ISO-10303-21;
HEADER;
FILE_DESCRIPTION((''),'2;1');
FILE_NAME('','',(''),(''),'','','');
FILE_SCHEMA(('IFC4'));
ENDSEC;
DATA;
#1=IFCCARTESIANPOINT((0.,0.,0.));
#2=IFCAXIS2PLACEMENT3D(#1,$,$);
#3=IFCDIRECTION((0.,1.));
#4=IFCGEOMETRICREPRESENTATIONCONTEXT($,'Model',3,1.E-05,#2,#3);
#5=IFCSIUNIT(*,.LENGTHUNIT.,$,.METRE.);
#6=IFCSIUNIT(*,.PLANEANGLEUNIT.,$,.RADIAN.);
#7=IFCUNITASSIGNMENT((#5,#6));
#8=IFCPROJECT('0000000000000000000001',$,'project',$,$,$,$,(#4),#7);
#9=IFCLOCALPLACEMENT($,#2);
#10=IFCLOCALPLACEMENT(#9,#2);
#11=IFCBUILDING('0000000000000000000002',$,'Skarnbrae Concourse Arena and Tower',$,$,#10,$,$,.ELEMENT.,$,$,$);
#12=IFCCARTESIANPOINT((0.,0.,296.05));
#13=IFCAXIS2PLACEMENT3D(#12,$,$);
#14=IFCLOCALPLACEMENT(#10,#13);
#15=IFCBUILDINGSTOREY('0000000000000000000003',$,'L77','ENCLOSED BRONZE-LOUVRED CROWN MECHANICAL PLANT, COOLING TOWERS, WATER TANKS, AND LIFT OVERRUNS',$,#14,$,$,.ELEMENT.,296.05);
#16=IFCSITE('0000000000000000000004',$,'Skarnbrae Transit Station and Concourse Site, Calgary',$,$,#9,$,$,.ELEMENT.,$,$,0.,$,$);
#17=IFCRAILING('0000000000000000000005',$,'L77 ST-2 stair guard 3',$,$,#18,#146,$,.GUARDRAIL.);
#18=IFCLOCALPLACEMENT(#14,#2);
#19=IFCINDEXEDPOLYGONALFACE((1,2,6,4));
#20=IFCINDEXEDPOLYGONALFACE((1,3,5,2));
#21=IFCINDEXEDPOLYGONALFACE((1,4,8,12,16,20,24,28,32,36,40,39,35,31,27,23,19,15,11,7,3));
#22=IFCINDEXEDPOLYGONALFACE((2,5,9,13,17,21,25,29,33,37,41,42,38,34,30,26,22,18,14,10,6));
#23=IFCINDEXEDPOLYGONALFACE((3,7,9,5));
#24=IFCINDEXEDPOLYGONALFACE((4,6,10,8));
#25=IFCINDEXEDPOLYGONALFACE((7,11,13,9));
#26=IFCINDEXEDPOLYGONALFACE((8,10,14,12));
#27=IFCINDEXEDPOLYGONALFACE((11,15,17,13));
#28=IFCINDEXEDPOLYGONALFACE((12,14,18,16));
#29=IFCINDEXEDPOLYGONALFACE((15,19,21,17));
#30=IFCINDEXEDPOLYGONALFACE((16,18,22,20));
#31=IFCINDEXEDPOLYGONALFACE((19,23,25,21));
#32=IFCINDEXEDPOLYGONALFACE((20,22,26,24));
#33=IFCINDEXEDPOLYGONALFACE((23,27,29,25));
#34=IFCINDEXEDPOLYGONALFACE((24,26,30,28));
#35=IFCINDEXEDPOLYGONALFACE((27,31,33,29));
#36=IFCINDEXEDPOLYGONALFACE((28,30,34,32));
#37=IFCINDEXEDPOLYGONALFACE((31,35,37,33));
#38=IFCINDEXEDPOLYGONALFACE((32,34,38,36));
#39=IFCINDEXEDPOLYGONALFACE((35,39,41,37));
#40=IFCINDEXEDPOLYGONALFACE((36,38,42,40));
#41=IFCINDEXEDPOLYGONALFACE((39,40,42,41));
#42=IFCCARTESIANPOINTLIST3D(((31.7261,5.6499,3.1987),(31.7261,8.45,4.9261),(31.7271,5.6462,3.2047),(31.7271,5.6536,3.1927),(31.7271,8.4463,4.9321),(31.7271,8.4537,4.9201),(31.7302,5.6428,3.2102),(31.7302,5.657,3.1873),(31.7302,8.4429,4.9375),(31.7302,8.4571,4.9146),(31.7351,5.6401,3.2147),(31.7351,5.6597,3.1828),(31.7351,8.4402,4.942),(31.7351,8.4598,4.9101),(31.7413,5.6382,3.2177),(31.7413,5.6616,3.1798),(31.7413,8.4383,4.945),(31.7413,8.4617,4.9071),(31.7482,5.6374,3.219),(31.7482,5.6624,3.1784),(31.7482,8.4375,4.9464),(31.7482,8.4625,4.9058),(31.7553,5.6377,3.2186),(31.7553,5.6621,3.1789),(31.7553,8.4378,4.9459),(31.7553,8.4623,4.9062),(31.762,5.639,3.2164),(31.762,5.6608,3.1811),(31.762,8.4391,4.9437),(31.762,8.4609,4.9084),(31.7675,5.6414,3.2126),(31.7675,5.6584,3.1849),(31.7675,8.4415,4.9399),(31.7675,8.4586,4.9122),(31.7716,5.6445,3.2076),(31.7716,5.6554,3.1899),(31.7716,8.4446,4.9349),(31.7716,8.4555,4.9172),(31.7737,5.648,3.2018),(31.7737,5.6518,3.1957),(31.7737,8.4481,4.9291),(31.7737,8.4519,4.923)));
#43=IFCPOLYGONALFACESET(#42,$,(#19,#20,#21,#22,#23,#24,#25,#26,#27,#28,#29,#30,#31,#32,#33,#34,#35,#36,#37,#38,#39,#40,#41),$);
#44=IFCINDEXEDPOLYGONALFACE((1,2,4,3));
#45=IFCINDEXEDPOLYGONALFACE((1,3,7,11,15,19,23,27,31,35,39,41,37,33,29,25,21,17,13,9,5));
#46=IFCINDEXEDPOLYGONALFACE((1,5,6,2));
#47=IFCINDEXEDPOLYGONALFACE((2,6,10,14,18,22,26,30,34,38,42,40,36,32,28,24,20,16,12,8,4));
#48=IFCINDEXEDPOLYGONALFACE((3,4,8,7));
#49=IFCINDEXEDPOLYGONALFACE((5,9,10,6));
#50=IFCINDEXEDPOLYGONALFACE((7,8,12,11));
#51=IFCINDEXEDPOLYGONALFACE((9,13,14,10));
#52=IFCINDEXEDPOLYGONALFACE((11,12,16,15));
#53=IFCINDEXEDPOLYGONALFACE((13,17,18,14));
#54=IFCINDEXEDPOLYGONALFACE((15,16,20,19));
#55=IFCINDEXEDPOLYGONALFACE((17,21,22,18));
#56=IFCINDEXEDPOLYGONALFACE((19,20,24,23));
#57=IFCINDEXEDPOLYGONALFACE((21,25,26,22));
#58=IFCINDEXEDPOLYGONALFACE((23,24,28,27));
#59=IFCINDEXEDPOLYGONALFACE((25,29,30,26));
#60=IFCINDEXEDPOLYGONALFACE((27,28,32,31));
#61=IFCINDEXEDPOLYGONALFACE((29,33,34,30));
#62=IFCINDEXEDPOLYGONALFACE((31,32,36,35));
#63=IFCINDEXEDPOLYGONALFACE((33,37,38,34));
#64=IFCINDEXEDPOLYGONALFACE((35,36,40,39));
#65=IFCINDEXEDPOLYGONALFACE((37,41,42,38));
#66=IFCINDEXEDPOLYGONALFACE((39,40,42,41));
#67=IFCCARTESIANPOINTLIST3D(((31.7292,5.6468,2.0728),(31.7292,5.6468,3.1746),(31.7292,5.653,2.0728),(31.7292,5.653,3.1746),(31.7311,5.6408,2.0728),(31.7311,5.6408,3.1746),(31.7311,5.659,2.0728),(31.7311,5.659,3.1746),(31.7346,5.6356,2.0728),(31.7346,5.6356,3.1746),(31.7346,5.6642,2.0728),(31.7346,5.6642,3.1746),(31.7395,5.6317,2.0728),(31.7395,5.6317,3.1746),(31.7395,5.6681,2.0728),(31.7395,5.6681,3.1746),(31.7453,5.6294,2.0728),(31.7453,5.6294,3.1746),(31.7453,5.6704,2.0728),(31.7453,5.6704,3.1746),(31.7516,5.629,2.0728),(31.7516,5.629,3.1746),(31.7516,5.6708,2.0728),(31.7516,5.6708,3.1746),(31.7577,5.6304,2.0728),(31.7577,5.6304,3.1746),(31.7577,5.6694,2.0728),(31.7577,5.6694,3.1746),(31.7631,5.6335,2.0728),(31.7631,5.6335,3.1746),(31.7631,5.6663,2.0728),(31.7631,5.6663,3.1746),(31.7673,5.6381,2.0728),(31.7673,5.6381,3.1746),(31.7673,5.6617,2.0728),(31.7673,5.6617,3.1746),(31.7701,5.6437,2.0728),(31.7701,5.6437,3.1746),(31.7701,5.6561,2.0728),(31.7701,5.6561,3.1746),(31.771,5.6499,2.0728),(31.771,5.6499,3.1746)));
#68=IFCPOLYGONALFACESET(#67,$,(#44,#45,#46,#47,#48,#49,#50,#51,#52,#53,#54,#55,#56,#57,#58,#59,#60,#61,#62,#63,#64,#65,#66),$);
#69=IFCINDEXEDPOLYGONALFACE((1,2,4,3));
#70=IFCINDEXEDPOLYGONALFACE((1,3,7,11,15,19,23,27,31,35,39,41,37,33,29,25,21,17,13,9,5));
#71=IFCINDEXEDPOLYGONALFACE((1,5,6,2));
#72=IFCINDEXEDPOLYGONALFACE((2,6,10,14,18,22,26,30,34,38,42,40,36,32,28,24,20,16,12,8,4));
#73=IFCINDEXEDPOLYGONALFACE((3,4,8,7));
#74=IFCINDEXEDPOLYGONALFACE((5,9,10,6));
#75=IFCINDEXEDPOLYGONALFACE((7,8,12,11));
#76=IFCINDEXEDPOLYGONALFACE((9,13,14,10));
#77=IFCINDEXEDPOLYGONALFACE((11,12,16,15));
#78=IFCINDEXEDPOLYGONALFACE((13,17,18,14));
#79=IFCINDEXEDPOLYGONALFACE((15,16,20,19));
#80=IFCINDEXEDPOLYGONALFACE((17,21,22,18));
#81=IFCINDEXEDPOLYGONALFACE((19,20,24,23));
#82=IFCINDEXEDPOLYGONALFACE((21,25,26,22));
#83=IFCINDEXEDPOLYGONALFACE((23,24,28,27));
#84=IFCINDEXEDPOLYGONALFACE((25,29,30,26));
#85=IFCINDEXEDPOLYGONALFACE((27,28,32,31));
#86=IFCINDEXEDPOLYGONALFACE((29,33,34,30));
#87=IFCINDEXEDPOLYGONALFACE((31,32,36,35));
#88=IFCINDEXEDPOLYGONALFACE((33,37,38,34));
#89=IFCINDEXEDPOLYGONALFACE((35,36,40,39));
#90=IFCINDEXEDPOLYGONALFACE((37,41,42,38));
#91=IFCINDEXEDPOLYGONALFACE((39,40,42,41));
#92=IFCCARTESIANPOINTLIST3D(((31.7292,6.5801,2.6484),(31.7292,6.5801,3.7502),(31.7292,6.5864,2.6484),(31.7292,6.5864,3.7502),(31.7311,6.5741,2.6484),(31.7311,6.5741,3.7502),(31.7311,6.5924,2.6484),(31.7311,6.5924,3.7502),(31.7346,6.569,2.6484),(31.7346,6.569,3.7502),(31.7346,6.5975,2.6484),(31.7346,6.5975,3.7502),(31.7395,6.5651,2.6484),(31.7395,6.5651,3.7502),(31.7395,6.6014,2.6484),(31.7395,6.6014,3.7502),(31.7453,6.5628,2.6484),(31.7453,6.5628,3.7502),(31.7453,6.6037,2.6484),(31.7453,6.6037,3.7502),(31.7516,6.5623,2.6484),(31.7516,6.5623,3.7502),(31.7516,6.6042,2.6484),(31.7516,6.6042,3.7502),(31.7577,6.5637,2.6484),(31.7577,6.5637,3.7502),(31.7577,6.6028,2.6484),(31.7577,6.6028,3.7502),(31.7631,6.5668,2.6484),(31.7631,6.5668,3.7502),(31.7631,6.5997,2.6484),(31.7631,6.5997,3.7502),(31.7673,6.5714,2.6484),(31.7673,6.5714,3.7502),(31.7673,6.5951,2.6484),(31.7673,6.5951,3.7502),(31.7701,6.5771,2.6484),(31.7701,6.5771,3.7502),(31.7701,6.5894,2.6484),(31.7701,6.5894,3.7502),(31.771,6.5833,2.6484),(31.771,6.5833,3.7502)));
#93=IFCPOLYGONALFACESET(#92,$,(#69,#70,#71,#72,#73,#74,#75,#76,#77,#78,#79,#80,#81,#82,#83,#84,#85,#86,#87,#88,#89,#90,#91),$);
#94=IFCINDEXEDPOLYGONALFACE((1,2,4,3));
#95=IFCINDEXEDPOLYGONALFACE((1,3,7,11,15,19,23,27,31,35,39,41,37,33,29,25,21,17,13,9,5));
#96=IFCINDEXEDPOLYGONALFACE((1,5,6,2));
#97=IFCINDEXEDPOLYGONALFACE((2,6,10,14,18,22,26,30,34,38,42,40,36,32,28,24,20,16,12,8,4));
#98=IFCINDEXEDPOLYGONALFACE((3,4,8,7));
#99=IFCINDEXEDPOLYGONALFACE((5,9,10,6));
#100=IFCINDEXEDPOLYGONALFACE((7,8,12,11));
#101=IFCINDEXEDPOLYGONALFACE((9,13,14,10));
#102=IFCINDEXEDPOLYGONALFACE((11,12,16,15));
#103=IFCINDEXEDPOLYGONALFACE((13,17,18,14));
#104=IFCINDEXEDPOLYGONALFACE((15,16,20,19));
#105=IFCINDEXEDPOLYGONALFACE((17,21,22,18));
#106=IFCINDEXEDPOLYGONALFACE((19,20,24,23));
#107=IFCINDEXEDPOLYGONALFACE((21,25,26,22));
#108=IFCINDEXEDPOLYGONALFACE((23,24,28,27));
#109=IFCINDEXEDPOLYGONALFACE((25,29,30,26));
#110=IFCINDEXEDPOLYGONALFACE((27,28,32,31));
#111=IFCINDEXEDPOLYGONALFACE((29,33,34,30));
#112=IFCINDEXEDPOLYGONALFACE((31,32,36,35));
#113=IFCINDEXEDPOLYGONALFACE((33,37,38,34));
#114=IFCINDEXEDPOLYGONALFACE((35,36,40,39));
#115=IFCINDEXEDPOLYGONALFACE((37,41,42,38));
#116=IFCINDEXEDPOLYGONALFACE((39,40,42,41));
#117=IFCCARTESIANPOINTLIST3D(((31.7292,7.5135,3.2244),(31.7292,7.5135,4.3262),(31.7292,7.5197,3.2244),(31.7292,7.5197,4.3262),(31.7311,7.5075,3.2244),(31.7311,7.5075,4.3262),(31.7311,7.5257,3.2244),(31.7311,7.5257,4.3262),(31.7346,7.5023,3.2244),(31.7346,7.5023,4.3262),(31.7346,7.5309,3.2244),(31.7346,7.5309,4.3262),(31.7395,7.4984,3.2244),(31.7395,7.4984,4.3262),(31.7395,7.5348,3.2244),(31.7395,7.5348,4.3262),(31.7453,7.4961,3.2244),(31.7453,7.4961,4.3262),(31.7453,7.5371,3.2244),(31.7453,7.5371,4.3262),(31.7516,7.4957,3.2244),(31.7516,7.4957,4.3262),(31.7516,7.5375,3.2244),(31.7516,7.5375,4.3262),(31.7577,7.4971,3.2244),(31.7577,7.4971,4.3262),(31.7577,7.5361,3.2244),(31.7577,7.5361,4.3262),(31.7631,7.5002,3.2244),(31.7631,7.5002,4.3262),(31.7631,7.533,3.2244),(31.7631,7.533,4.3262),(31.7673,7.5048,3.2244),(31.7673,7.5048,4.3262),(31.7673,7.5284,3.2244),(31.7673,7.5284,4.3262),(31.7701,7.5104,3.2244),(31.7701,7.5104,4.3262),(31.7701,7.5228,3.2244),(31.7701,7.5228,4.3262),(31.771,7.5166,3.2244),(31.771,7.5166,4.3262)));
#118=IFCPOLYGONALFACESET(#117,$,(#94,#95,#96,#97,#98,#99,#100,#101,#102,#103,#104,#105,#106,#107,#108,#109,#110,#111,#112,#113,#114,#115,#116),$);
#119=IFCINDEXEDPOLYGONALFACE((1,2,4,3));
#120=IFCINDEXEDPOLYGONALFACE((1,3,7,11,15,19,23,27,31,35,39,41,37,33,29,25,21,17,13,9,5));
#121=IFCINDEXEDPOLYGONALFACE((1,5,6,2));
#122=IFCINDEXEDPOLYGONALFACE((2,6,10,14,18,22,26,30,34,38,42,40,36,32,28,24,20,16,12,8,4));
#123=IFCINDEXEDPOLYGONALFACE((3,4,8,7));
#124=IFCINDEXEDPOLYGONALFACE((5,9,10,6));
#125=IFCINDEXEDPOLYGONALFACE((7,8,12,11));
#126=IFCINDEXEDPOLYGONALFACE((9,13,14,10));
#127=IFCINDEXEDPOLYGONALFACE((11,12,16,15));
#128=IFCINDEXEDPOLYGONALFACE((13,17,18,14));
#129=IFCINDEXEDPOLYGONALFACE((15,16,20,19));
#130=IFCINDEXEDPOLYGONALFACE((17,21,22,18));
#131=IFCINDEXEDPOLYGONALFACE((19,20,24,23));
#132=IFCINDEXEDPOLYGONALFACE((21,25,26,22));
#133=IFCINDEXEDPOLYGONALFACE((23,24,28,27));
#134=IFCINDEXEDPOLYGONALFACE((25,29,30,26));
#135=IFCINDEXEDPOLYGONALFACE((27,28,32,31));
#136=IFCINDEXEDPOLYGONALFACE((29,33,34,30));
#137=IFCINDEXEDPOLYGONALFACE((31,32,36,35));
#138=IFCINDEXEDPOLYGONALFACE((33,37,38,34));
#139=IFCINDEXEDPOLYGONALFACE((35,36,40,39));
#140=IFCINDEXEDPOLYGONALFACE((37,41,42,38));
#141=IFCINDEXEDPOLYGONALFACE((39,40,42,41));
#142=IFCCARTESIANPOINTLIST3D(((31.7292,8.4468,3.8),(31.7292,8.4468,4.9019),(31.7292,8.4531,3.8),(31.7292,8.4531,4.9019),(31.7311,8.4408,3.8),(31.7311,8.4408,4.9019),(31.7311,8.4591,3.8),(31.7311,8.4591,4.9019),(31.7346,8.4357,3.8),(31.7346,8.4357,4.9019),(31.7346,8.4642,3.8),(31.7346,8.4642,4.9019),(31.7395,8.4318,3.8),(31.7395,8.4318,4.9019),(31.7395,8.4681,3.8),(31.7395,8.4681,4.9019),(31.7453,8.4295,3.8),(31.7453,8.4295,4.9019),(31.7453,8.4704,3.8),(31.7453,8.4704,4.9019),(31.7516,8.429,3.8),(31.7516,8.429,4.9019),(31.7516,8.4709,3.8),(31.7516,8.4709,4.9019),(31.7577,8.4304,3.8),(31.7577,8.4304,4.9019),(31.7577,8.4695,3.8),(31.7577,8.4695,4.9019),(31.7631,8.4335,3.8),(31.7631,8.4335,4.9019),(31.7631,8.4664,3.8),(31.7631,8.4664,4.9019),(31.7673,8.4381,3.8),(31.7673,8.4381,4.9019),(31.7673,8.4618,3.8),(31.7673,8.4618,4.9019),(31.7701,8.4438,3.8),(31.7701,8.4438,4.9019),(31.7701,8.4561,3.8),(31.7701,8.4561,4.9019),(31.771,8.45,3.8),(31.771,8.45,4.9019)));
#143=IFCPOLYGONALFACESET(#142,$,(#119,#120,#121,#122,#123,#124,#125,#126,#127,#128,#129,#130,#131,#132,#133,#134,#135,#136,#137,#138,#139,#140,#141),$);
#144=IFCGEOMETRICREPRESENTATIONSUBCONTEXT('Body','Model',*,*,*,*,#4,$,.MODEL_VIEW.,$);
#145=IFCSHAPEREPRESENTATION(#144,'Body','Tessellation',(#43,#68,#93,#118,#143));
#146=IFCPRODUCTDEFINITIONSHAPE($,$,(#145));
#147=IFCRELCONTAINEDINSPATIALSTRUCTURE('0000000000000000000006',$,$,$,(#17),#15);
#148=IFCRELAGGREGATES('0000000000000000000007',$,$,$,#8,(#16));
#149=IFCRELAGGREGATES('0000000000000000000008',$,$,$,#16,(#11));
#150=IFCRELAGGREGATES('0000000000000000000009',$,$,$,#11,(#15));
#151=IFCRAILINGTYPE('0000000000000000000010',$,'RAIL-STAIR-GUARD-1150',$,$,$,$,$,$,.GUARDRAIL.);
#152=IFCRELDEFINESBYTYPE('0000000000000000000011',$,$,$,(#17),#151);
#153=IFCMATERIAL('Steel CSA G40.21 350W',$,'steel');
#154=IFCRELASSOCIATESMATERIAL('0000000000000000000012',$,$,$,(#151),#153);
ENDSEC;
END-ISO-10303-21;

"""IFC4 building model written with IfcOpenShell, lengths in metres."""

from ifc_helpers import new_model, si_unit, direction, frame, origin, origin_2d, place, context, subcontext, project, spatial, circle, extrude, material, type_object, element, save


model = new_model("IFC4")

# Units and contexts
model_context = context("Model", 3, precision=1e-05, world=origin(), true_north=direction((0.0, 1.0)))
body_context = subcontext(model_context, "Body", "Model", "MODEL_VIEW")
ifc_project = project(units=[si_unit("LENGTHUNIT", "METRE"), si_unit("PLANEANGLEUNIT", "RADIAN")], contexts=[model_context])

# Site, building, storey
site_placement = place(None, origin())
site = spatial("IfcSite", under=ifc_project, at=site_placement, Name="Skarnbrae Transit Station and Concourse Site, Calgary", CompositionType="ELEMENT", RefElevation=0.0)
building_placement = place(site_placement, origin())
building = spatial("IfcBuilding", under=site, at=building_placement, Name="Skarnbrae Concourse Arena and Tower", CompositionType="ELEMENT")
storey_placement = place(building_placement, frame((0.0, 0.0, 296.05)))
storey = spatial("IfcBuildingStorey", under=building, at=storey_placement, Name="L77", Description="ENCLOSED BRONZE-LOUVRED CROWN MECHANICAL PLANT, COOLING TOWERS, WATER TANKS, AND LIFT OVERRUNS", CompositionType="ELEMENT", Elevation=296.05)

# Shared definitions
ifc_material_1 = material(Name="Steel CSA G40.21 350W", Category="steel")

# Railing
railing_type_1 = type_object("IfcRailingType", Name="RAIL-STAIR-GUARD-1150", PredefinedType="GUARDRAIL", material=ifc_material_1)
railing_1_placement = place(storey_placement, frame((31.75, 5.6499, 2.0728)))
element("IfcRailing", 1, at=railing_1_placement, inside=storey, type_object=railing_type_1, Name="L77 ST-2 stair guard 3", PredefinedType="GUARDRAIL", context=body_context, shape_type="SweptSolid", body=[
    extrude(circle(Radius=0.0239, at=origin_2d()), frame((0.0, 0.0, 1.126), z_axis=(0.0, 0.85109, 0.52502), x_axis=(-1.0, 0.0, 0.0)), (0.0, 0.0, 1.0), 3.29),
    extrude(circle(Radius=0.021, at=origin_2d()), origin(), (0.0, 0.0, 1.0), 1.1018),
    extrude(circle(Radius=0.021, at=origin_2d()), frame((0.0, 0.9333, 0.5757)), (0.0, 0.0, 1.0), 1.1018),
    extrude(circle(Radius=0.021, at=origin_2d()), frame((0.0, 1.8667, 1.1516)), (0.0, 0.0, 1.0), 1.1018),
    extrude(circle(Radius=0.021, at=origin_2d()), frame((0.0, 2.8, 1.7273)), (0.0, 0.0, 1.0), 1.1018),
])

save(model, "model.ifc")
